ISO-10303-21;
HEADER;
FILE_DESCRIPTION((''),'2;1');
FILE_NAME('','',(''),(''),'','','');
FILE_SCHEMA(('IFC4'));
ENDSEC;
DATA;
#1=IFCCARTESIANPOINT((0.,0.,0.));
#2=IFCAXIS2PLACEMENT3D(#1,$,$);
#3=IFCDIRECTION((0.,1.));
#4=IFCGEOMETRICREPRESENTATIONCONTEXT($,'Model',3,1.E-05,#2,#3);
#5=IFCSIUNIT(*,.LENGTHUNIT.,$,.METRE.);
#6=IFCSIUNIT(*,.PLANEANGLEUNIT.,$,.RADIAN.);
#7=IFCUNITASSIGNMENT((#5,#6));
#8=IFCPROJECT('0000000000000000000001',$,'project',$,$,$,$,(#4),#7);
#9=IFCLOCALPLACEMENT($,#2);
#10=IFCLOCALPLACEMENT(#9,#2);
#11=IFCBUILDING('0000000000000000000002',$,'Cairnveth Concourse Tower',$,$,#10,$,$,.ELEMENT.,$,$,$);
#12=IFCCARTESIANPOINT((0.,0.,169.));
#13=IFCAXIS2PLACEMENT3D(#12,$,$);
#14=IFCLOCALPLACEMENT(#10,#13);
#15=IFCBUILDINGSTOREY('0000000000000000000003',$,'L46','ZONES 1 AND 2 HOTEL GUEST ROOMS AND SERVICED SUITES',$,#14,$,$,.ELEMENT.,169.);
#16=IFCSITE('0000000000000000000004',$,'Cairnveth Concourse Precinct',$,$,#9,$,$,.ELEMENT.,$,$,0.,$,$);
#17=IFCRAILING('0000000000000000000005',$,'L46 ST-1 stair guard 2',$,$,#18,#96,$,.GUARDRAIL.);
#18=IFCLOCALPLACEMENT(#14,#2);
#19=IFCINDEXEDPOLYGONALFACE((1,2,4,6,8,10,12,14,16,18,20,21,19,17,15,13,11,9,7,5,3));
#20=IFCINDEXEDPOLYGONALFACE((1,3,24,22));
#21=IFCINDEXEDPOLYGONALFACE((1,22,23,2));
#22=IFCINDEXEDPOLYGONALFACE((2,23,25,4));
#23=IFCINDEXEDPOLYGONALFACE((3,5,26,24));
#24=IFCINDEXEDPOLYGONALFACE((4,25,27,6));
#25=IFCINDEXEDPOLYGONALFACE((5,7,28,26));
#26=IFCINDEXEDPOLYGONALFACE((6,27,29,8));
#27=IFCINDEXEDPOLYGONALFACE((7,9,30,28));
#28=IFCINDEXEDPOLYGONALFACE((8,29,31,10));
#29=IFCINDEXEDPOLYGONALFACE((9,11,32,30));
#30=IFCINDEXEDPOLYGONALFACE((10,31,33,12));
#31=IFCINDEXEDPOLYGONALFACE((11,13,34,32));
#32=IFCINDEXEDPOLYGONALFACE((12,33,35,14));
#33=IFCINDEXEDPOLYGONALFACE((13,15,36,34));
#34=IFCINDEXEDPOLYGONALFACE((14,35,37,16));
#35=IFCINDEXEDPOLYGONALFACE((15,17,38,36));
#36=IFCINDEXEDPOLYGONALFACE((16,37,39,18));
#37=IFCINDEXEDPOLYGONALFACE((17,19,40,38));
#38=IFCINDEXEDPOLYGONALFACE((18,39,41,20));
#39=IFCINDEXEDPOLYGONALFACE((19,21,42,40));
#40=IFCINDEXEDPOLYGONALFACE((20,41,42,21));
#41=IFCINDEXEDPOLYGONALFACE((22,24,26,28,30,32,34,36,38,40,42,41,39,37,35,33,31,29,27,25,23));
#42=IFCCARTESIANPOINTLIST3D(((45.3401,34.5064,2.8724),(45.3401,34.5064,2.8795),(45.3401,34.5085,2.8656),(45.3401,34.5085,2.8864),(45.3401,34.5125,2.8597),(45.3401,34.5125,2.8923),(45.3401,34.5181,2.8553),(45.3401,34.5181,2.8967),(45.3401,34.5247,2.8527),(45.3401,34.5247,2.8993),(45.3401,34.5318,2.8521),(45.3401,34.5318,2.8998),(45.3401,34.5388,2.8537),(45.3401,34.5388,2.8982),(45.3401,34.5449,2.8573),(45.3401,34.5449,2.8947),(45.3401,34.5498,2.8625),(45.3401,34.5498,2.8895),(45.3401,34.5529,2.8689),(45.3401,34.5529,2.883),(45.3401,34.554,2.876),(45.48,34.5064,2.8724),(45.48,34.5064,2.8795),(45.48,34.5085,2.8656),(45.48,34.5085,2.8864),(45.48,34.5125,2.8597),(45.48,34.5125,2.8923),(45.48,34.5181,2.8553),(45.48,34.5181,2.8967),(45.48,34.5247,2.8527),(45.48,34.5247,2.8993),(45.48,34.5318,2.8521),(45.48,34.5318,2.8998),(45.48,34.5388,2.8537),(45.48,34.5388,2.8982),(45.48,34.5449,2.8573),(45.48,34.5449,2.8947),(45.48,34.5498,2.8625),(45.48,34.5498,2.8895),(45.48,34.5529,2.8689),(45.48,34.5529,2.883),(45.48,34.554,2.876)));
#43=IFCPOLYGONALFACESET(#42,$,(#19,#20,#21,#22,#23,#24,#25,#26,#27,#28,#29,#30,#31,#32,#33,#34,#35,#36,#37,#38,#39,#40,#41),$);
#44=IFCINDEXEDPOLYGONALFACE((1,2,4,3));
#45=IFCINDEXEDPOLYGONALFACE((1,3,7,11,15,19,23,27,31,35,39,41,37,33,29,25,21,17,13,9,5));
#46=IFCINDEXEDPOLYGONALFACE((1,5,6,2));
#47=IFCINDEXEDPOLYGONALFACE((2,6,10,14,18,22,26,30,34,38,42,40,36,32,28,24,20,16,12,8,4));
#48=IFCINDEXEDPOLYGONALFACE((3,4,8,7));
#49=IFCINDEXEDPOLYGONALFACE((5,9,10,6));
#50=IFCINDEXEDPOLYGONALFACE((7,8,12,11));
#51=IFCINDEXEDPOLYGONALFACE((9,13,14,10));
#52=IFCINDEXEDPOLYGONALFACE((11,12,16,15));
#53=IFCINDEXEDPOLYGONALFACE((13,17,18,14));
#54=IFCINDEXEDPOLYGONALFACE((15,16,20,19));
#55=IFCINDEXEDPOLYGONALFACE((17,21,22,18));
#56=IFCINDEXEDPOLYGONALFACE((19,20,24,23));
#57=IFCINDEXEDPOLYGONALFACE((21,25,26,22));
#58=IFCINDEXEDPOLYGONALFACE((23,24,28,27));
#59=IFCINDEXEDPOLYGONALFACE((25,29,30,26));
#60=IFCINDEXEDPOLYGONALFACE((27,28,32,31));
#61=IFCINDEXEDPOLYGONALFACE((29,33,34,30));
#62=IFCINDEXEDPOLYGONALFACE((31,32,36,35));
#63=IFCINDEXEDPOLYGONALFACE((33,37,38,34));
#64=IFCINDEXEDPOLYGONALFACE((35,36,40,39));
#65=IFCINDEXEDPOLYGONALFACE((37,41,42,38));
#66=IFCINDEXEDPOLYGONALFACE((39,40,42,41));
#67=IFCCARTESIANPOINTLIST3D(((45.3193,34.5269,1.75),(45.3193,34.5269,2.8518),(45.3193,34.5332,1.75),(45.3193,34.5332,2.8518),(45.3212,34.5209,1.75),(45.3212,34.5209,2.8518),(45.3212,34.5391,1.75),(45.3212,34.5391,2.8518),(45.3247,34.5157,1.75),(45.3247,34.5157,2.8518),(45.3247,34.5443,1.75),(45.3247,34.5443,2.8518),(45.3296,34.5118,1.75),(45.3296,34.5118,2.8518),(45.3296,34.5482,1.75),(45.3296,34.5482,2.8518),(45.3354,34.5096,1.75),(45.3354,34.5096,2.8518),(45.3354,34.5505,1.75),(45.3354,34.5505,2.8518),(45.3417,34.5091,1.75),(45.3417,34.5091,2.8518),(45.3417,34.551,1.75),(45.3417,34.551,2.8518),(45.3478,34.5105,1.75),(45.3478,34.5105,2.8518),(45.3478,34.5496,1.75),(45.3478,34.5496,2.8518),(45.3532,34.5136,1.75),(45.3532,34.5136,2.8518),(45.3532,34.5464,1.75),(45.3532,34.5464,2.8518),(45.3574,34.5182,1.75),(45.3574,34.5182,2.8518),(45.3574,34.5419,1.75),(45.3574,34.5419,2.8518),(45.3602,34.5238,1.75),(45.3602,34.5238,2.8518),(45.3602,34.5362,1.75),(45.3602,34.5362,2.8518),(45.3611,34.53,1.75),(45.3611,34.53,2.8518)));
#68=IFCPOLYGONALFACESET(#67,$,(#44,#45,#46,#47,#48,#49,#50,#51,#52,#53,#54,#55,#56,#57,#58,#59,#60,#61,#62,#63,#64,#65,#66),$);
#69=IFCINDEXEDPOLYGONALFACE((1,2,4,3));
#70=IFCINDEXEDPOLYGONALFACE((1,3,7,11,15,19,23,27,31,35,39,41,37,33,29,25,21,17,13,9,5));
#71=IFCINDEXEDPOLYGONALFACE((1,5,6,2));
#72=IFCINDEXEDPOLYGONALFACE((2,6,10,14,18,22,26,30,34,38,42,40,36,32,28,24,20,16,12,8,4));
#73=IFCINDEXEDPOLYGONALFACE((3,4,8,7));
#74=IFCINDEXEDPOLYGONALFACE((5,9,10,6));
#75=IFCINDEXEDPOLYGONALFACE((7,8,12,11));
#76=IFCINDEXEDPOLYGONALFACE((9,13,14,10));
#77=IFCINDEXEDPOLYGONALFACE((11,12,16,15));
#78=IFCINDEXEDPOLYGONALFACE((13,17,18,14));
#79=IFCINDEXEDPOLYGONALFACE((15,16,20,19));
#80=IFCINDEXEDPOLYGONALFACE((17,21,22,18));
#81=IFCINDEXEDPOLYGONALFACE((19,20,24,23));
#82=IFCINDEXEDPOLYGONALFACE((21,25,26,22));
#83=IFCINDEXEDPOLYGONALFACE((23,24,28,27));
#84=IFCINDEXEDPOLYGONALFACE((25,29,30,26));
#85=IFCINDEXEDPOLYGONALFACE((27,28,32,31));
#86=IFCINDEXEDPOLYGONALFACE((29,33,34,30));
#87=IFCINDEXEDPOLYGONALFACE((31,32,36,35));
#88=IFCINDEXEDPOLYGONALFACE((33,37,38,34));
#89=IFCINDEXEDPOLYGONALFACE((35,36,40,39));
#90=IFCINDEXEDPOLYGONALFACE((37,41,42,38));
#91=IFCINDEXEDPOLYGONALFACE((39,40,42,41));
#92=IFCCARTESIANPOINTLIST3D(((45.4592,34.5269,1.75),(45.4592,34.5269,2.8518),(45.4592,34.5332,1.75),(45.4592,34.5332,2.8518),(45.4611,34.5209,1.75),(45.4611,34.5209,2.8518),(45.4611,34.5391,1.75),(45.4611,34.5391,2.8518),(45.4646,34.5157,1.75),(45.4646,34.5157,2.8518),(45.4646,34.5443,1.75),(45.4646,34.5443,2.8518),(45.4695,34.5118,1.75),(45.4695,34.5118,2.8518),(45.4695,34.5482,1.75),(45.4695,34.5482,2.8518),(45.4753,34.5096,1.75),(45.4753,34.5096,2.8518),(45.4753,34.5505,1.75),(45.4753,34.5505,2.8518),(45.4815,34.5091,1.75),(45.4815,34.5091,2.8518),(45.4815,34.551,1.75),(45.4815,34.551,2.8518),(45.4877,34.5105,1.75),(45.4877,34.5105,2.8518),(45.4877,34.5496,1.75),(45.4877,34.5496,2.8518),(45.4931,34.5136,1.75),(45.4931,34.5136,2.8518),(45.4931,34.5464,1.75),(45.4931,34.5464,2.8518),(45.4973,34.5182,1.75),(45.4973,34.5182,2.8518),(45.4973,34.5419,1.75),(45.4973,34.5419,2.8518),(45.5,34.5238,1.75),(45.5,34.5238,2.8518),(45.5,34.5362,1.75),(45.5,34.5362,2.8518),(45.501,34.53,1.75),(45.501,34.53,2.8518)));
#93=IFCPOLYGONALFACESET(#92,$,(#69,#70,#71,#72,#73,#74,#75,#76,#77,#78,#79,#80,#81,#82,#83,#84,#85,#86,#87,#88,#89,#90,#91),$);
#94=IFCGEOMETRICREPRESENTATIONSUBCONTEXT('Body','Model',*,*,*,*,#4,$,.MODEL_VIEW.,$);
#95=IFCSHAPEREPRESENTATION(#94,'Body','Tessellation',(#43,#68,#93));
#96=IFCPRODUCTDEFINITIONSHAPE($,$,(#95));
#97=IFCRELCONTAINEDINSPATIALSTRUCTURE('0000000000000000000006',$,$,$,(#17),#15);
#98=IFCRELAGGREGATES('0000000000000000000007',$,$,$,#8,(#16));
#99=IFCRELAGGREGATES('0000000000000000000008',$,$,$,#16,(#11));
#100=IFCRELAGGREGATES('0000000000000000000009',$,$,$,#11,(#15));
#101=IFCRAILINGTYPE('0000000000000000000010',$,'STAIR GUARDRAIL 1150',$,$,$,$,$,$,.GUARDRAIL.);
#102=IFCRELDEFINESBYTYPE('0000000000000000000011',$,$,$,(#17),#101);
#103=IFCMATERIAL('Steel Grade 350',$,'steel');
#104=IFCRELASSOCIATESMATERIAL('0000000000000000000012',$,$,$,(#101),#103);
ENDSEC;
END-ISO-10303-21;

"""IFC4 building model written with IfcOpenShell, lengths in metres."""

from ifc_helpers import new_model, si_unit, direction, frame, origin, origin_2d, place, context, subcontext, project, spatial, circle, extrude, material, type_object, element, save


model = new_model("IFC4")

# Units and contexts
model_context = context("Model", 3, precision=1e-05, world=origin(), true_north=direction((0.0, 1.0)))
body_context = subcontext(model_context, "Body", "Model", "MODEL_VIEW")
ifc_project = project(units=[si_unit("LENGTHUNIT", "METRE"), si_unit("PLANEANGLEUNIT", "RADIAN")], contexts=[model_context])

# Site, building, storey
site_placement = place(None, origin())
site = spatial("IfcSite", under=ifc_project, at=site_placement, Name="Cairnveth Concourse Precinct", CompositionType="ELEMENT", RefElevation=0.0)
building_placement = place(site_placement, origin())
building = spatial("IfcBuilding", under=site, at=building_placement, Name="Cairnveth Concourse Tower", CompositionType="ELEMENT")
storey_placement = place(building_placement, frame((0.0, 0.0, 169.0)))
storey = spatial("IfcBuildingStorey", under=building, at=storey_placement, Name="L46", Description="ZONES 1 AND 2 HOTEL GUEST ROOMS AND SERVICED SUITES", CompositionType="ELEMENT", Elevation=169.0)

# Shared definitions
ifc_material_1 = material(Name="Steel Grade 350", Category="steel")

# Railing
railing_type_1 = type_object("IfcRailingType", Name="STAIR GUARDRAIL 1150", PredefinedType="GUARDRAIL", material=ifc_material_1)
railing_1_placement = place(storey_placement, frame((45.3401, 34.53, 1.75)))
element("IfcRailing", 1, at=railing_1_placement, inside=storey, type_object=railing_type_1, Name="L46 ST-1 stair guard 2", PredefinedType="GUARDRAIL", context=body_context, shape_type="SweptSolid", body=[
    extrude(circle(Radius=0.0239, at=origin_2d()), frame((0.0, 0.0, 1.126), z_axis=(1.0, 0.0, 0.0), x_axis=(0.0, 1.0, 0.0)), (0.0, 0.0, 1.0), 0.1399),
    extrude(circle(Radius=0.021, at=origin_2d()), origin(), (0.0, 0.0, 1.0), 1.1018),
    extrude(circle(Radius=0.021, at=origin_2d()), frame((0.1399, 0.0, 0.0)), (0.0, 0.0, 1.0), 1.1018),
])

save(model, "model.ifc")
